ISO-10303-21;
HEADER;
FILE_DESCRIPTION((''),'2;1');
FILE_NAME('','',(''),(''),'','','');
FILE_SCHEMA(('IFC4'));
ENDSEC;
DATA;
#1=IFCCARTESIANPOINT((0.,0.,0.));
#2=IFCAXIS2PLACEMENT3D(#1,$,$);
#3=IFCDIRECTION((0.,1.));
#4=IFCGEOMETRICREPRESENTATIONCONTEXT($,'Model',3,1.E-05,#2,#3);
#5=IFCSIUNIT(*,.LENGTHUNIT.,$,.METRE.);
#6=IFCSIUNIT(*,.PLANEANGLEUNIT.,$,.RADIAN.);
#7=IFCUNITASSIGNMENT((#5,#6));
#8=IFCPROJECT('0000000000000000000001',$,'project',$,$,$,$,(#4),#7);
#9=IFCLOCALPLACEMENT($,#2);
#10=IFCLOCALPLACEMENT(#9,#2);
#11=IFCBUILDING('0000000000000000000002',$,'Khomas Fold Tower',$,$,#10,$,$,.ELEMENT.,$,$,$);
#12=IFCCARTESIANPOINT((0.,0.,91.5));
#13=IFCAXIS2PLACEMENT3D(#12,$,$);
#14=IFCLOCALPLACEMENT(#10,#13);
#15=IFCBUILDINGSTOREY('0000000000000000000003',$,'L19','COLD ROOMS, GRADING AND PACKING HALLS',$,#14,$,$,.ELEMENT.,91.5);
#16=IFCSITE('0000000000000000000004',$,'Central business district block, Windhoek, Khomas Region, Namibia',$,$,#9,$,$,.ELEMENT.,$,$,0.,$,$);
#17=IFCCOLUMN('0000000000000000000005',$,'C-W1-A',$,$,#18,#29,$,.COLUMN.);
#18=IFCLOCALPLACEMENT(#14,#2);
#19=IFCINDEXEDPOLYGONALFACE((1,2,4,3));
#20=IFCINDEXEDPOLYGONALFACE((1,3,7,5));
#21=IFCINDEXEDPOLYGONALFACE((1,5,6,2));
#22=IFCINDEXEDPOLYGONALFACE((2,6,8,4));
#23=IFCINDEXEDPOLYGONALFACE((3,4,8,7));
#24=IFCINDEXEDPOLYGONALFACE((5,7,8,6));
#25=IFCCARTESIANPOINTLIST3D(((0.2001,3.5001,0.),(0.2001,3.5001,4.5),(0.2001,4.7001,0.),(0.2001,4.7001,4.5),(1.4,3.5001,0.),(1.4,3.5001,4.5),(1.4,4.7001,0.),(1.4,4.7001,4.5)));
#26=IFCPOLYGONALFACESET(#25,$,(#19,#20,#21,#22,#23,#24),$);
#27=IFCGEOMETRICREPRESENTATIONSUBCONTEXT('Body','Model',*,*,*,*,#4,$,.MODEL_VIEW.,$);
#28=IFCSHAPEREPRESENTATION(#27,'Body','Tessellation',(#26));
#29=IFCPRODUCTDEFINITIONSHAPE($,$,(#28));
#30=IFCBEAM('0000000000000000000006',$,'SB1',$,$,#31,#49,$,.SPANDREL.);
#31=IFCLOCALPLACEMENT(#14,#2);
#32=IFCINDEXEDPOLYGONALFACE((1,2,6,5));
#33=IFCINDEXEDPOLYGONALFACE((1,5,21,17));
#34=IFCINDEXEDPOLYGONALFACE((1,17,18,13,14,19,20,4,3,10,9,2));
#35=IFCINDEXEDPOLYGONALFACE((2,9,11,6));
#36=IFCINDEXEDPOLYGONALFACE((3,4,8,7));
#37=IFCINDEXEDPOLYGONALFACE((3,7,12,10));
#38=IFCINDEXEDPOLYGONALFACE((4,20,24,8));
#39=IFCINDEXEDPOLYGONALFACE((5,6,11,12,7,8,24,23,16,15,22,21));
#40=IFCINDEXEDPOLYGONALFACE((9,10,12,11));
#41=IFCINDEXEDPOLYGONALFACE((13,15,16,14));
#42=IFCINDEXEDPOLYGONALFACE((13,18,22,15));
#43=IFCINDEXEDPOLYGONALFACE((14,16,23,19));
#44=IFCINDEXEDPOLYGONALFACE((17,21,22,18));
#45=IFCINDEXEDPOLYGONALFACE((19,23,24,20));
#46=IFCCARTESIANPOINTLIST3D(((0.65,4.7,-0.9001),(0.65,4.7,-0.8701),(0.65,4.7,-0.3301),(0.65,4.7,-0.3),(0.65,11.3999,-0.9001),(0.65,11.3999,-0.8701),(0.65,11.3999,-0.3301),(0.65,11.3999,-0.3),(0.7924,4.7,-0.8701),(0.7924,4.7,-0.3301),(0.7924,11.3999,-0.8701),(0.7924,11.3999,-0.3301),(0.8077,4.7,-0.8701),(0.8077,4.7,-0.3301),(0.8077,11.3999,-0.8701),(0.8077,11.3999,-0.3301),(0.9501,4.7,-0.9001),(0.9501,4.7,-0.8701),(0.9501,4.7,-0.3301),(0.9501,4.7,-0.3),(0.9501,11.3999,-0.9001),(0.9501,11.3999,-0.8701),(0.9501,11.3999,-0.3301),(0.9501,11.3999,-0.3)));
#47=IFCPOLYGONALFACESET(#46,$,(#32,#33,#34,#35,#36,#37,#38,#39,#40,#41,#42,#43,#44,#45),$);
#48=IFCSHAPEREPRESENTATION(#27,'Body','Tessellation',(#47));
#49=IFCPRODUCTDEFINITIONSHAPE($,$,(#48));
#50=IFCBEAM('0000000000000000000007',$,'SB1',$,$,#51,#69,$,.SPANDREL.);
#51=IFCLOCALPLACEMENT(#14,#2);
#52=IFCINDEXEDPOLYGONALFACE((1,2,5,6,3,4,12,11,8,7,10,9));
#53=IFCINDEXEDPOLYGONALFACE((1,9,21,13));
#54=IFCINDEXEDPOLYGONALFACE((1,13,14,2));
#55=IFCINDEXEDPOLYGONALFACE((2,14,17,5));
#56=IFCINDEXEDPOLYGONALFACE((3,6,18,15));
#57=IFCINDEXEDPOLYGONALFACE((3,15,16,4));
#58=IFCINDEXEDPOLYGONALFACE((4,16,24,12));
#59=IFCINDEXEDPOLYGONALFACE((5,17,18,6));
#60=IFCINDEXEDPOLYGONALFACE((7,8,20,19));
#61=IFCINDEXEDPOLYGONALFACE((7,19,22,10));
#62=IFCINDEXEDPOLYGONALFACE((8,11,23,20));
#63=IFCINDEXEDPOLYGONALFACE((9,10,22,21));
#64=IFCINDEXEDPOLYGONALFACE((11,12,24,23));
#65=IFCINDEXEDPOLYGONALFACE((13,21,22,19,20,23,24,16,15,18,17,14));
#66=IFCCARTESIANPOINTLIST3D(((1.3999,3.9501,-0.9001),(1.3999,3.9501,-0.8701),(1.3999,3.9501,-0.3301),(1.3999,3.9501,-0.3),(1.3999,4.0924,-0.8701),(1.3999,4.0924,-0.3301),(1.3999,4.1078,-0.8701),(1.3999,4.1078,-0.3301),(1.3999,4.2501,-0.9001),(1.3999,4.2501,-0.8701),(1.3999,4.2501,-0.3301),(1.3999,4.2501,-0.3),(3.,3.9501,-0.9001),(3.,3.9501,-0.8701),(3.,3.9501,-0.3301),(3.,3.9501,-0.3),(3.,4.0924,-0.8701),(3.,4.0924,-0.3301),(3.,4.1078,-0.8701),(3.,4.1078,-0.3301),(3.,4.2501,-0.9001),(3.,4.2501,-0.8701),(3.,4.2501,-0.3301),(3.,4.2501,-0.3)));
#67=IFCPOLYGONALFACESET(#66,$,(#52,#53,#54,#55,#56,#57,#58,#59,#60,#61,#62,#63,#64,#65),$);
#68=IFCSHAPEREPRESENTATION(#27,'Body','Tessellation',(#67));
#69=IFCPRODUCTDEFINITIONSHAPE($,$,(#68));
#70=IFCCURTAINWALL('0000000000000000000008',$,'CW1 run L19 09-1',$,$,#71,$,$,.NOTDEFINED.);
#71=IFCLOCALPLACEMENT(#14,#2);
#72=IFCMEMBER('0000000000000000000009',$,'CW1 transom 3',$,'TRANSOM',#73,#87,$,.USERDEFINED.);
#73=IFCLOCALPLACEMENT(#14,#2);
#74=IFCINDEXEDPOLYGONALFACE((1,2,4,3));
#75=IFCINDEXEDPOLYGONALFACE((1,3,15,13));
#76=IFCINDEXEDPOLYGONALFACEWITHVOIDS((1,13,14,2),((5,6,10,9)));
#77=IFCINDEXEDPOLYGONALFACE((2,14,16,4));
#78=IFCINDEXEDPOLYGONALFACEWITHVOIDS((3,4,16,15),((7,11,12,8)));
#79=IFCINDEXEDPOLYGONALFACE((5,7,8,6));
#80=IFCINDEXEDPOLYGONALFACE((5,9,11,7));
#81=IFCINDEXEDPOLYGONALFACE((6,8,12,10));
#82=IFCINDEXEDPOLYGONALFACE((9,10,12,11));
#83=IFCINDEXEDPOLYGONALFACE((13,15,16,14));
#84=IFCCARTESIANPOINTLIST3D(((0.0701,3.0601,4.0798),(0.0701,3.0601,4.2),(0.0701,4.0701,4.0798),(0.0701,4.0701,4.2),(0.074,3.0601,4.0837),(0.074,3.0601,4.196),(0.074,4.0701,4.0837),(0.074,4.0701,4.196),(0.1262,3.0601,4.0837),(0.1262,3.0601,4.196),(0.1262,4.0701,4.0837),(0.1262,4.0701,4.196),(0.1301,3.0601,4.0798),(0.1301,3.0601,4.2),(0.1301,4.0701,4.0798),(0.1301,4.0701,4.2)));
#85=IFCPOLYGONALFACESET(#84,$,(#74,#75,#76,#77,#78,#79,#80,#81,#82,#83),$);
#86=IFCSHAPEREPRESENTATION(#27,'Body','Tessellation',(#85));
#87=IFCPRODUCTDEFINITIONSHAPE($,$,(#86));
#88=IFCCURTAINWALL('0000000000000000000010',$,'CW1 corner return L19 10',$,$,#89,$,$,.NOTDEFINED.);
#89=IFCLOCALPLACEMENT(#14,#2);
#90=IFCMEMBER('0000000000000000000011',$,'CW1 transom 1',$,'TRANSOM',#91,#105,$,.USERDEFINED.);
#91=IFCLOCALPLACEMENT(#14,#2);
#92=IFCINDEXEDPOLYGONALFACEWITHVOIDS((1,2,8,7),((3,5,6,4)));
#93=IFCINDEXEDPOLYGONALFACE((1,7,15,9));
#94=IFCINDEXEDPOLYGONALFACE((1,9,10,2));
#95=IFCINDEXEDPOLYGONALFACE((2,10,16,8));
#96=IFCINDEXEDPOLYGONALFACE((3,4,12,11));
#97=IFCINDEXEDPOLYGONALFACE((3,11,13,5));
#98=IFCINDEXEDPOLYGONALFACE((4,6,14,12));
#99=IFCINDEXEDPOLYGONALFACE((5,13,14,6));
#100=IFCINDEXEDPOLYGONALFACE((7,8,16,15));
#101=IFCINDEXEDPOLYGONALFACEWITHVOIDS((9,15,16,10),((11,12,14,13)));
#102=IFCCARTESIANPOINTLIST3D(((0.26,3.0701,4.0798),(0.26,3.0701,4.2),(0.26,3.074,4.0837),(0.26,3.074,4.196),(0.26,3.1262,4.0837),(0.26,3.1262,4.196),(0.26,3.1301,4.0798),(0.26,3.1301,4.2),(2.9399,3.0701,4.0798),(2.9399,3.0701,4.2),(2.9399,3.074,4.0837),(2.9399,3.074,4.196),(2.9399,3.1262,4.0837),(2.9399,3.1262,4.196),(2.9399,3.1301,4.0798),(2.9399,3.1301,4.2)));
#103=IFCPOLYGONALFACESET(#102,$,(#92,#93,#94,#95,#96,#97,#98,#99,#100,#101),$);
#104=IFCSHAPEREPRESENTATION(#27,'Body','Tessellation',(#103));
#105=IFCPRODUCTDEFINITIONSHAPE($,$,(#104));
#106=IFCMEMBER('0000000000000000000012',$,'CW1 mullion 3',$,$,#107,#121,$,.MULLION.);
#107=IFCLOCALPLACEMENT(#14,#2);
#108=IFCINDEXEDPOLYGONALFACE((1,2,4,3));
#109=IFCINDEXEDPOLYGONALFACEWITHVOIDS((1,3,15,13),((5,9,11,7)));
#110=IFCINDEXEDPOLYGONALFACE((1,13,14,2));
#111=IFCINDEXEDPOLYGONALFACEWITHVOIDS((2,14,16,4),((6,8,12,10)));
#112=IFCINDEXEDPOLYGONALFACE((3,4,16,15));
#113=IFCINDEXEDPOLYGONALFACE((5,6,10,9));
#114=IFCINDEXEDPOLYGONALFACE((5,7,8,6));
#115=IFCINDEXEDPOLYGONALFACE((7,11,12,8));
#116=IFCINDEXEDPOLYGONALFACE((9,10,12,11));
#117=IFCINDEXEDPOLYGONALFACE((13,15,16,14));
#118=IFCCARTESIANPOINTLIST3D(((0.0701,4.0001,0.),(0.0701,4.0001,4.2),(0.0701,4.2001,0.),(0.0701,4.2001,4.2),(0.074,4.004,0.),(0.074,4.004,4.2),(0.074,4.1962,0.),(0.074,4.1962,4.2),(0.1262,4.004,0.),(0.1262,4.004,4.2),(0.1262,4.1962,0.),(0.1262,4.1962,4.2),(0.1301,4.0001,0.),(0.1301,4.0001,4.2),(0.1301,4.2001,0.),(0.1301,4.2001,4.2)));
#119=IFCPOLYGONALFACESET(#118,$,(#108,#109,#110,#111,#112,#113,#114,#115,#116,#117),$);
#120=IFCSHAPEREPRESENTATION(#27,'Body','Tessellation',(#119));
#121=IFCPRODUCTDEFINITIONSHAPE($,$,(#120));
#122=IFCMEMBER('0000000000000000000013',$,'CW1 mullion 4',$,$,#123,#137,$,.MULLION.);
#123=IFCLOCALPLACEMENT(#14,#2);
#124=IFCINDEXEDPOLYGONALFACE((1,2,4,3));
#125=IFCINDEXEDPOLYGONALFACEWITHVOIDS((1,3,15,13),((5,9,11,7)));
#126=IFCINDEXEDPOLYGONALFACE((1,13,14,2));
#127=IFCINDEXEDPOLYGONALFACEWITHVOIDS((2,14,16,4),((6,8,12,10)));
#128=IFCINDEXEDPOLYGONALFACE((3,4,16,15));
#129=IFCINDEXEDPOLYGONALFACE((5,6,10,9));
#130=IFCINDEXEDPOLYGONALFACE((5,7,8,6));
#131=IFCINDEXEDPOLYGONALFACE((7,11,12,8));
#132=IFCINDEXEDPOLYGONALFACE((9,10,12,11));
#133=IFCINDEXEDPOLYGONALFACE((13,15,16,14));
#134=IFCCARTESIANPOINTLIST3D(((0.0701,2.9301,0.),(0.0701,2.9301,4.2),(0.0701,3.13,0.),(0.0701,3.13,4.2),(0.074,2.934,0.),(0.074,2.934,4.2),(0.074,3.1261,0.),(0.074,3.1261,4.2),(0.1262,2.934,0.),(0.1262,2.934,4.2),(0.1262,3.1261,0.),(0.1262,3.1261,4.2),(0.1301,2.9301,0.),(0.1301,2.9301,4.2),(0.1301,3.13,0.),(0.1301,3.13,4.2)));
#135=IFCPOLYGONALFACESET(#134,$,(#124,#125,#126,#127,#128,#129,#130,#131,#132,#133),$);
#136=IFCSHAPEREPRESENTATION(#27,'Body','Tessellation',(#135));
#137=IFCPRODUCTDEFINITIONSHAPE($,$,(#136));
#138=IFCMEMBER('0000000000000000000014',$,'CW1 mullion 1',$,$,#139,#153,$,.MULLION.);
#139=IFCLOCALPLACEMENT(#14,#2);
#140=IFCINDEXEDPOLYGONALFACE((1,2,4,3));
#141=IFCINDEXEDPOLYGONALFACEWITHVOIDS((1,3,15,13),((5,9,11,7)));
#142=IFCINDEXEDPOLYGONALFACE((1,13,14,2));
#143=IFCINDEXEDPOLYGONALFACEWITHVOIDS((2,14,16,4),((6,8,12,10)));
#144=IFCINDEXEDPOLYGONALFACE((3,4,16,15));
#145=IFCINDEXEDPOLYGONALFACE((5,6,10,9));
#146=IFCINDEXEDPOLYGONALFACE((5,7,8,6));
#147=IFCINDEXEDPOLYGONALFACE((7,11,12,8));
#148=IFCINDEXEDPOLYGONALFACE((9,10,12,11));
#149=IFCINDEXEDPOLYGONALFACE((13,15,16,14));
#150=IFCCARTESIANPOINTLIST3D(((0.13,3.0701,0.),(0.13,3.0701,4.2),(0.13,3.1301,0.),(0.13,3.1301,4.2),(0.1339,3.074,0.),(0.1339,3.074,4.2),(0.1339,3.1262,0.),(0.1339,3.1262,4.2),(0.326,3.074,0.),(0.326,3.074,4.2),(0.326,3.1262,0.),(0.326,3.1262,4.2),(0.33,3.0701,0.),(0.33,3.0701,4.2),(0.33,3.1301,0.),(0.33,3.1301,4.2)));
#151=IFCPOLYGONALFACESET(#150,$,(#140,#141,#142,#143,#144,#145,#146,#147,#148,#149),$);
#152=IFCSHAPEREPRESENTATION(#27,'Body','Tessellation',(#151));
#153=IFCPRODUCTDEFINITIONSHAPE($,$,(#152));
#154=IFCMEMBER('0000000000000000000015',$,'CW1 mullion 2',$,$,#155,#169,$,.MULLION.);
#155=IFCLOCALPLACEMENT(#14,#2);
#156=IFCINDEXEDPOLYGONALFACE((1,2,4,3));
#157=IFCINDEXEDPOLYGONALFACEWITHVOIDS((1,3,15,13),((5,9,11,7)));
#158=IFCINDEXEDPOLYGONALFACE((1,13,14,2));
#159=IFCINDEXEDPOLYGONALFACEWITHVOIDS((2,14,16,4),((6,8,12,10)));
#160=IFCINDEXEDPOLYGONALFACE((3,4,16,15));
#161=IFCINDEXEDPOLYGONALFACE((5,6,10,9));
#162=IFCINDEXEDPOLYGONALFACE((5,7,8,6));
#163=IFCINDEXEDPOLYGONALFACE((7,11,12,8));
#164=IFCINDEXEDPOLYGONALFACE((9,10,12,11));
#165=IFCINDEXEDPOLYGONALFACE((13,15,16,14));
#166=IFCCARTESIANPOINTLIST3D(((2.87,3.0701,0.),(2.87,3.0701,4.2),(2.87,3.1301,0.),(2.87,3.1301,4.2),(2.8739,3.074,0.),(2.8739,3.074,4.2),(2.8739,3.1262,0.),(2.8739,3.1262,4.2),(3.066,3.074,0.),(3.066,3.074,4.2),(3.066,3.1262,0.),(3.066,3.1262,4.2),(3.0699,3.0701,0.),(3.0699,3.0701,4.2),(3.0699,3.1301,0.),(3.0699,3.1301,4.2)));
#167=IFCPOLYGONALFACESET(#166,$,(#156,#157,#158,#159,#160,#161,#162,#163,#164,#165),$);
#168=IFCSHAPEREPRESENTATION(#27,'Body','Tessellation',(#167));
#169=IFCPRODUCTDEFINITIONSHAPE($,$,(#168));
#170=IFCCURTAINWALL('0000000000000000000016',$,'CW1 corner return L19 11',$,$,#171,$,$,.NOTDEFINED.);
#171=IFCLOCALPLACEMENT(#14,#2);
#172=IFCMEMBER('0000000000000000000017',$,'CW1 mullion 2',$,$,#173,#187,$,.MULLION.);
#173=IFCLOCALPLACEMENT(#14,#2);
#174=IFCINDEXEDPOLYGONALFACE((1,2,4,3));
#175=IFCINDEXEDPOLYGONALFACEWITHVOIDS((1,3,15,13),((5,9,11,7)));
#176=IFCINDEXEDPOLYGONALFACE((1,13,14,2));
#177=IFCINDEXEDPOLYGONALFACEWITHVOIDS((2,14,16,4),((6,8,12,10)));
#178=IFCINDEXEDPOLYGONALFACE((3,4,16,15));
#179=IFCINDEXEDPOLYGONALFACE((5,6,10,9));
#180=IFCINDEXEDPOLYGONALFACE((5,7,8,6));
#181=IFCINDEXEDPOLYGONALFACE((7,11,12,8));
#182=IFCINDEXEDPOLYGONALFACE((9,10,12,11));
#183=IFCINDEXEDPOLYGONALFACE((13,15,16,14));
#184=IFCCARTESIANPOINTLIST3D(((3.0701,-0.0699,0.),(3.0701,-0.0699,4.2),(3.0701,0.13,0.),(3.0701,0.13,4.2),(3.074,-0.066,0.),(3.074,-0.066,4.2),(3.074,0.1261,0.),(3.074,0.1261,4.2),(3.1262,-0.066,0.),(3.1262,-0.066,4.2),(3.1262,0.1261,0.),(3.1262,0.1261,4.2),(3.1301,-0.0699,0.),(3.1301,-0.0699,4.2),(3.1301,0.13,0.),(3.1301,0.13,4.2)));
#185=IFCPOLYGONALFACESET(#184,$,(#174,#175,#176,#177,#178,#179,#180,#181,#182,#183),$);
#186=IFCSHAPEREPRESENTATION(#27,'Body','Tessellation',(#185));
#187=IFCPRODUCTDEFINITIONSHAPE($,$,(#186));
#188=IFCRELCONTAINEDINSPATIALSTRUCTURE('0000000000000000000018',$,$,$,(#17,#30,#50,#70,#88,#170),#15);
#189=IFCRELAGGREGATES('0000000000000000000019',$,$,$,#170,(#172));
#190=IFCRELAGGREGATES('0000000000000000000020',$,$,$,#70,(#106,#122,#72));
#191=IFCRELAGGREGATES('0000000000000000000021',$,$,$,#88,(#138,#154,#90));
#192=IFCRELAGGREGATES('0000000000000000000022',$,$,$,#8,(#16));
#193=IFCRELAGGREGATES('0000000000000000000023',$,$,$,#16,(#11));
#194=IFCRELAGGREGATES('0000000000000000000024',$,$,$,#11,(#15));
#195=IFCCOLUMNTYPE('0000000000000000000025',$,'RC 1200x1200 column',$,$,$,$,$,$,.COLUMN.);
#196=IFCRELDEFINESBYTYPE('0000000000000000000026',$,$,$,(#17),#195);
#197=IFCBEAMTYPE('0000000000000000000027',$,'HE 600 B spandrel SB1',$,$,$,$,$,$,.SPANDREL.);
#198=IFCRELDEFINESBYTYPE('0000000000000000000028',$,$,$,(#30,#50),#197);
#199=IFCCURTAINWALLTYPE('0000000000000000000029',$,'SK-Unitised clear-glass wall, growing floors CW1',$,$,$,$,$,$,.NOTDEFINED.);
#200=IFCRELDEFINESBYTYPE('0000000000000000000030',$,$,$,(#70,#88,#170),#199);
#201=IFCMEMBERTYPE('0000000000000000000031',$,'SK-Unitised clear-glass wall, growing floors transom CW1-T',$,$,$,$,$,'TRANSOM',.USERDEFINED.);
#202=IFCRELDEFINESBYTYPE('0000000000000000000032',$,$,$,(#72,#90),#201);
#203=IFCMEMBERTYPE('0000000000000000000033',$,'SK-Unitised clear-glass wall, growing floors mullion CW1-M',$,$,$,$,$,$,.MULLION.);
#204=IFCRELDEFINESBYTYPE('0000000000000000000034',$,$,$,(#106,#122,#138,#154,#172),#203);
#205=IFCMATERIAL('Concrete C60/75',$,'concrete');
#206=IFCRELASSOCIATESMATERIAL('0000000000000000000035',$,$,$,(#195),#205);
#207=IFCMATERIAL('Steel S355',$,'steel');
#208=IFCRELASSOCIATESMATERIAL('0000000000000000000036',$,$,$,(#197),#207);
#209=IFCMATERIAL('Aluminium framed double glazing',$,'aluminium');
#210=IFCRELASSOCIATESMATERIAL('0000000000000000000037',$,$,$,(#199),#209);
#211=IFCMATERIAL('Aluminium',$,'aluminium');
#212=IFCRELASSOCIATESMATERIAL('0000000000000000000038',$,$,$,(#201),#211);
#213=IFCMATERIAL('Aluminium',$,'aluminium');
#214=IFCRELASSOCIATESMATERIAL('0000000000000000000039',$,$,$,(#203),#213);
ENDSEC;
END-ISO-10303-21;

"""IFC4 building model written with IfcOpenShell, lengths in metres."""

from ifc_helpers import new_model, si_unit, direction, frame, origin, origin_2d, place, context, subcontext, project, spatial, rectangle, hollow_rectangle, i_section, extrude, source, transform, mapped, material, material_profile, profile_set, type_object, element, aggregate, save


model = new_model("IFC4")

# Units and contexts
model_context = context("Model", 3, precision=1e-05, world=origin(), true_north=direction((0.0, 1.0)))
body_context = subcontext(model_context, "Body", "Model", "MODEL_VIEW")
ifc_project = project(units=[si_unit("LENGTHUNIT", "METRE"), si_unit("PLANEANGLEUNIT", "RADIAN")], contexts=[model_context])

# Site, building, storey
site_placement = place(None, origin())
site = spatial("IfcSite", under=ifc_project, at=site_placement, Name="Central business district block, Windhoek, Khomas Region, Namibia", CompositionType="ELEMENT", RefElevation=0.0)
building_placement = place(site_placement, origin())
building = spatial("IfcBuilding", under=site, at=building_placement, Name="Khomas Fold Tower", CompositionType="ELEMENT")
storey_placement = place(building_placement, frame((0.0, 0.0, 91.5)))
storey = spatial("IfcBuildingStorey", under=building, at=storey_placement, Name="L19", Description="COLD ROOMS, GRADING AND PACKING HALLS", CompositionType="ELEMENT", Elevation=91.5)

# Column
ifc_material_1 = material(Name="Concrete C60/75", Category="concrete")
ifc_material_profile_1 = material_profile(ifc_material_1, rectangle(XDim=1.2, YDim=1.2, at=origin_2d()), Name="RC 1200x1200")
ifc_profile_set_1 = profile_set([ifc_material_profile_1], Name="Concrete C60/75")
column_type = type_object("IfcColumnType", Name="RC 1200x1200 column", PredefinedType="COLUMN", material=ifc_profile_set_1)
shared_shape_1 = source(origin(), body_context, "Body", "SweptSolid", [
    extrude(rectangle(XDim=1.2, YDim=1.2, at=origin_2d()), origin(), (0.0, 0.0, 1.0), 4.5),
])
column_placement = place(storey_placement, frame((0.8, 4.1001, 0.0), z_axis=(0.0, 0.0, 1.0), x_axis=(1.0, 0.0, 0.0)))
element("IfcColumn", 1, at=column_placement, inside=storey, type_object=column_type, Name="C-W1-A", PredefinedType="COLUMN", context=body_context, shape_type="MappedRepresentation", body=[
    mapped(shared_shape_1, transform((0.0, 0.0, 0.0))),
])

# Beams
ifc_material_2 = material(Name="Steel S355", Category="steel")
ifc_material_profile_2 = material_profile(ifc_material_2, i_section(OverallWidth=0.3, OverallDepth=0.6001, WebThickness=0.0154, FlangeThickness=0.03, at=origin_2d()), Name="HE 600 B")
ifc_profile_set_2 = profile_set([ifc_material_profile_2], Name="Steel S355")
beam_type = type_object("IfcBeamType", Name="HE 600 B spandrel SB1", PredefinedType="SPANDREL", material=ifc_profile_set_2)
shared_shape_2 = source(origin(), body_context, "Body", "SweptSolid", [
    extrude(i_section(OverallWidth=0.3, OverallDepth=0.6001, WebThickness=0.0154, FlangeThickness=0.03, at=origin_2d()), origin(), (0.0, 0.0, 1.0), 6.7),
])
beam_1_placement = place(storey_placement, frame((0.8, 4.7, -0.6001), z_axis=(0.0, 1.0, 0.0), x_axis=(-1.0, 0.0, 0.0)))
element("IfcBeam", 2, at=beam_1_placement, inside=storey, type_object=beam_type, Name="SB1", PredefinedType="SPANDREL", context=body_context, shape_type="MappedRepresentation", body=[
    mapped(shared_shape_2, transform((0.0, 0.0, 0.0))),
])
shared_shape_3 = source(origin(), body_context, "Body", "SweptSolid", [
    extrude(i_section(OverallWidth=0.3, OverallDepth=0.6001, WebThickness=0.0154, FlangeThickness=0.03, at=origin_2d()), origin(), (0.0, 0.0, 1.0), 1.6001),
])
beam_2_placement = place(storey_placement, frame((1.3999, 4.1001, -0.6001), z_axis=(1.0, 0.0, 0.0), x_axis=(0.0, 1.0, 0.0)))
element("IfcBeam", 3, at=beam_2_placement, inside=storey, type_object=beam_type, Name="SB1", PredefinedType="SPANDREL", context=body_context, shape_type="MappedRepresentation", body=[
    mapped(shared_shape_3, transform((0.0, 0.0, 0.0))),
])

# Curtain walls, members
ifc_material_3 = material(Name="Aluminium framed double glazing", Category="aluminium")
curtain_wall_type = type_object("IfcCurtainWallType", Name="SK-Unitised clear-glass wall, growing floors CW1", PredefinedType="NOTDEFINED", material=ifc_material_3)
curtain_wall_1_placement = place(storey_placement, origin())
curtain_wall_1 = element("IfcCurtainWall", 4, at=curtain_wall_1_placement, inside=storey, type_object=curtain_wall_type, Name="CW1 run L19 09-1", PredefinedType="NOTDEFINED")
ifc_material_4 = material(Name="Aluminium", Category="aluminium")
ifc_material_profile_3 = material_profile(ifc_material_4, hollow_rectangle(XDim=0.0601, YDim=0.1201, WallThickness=0.0039, at=origin_2d()), Name="SK-Unitised clear-glass wall, growing floors transom CW1-T")
ifc_profile_set_3 = profile_set([ifc_material_profile_3], Name="Aluminium")
member_type_1 = type_object("IfcMemberType", Name="SK-Unitised clear-glass wall, growing floors transom CW1-T", ElementType="TRANSOM", PredefinedType="USERDEFINED", material=ifc_profile_set_3)
shared_shape_4 = source(origin(), body_context, "Body", "SweptSolid", [
    extrude(hollow_rectangle(XDim=0.0601, YDim=0.1201, WallThickness=0.0039, at=origin_2d()), origin(), (0.0, 0.0, 1.0), 1.01),
])
member_1_placement = place(storey_placement, frame((0.1001, 4.0701, 4.1399), z_axis=(0.0, -1.0, 0.0), x_axis=(1.0, 0.0, 0.0)))
member_1 = element("IfcMember", 5, at=member_1_placement, type_object=member_type_1, Name="CW1 transom 3", ObjectType="TRANSOM", PredefinedType="USERDEFINED", context=body_context, shape_type="MappedRepresentation", body=[
    mapped(shared_shape_4, transform((0.0, 0.0, 0.0))),
])
curtain_wall_2_placement = place(storey_placement, origin())
curtain_wall_2 = element("IfcCurtainWall", 6, at=curtain_wall_2_placement, inside=storey, type_object=curtain_wall_type, Name="CW1 corner return L19 10", PredefinedType="NOTDEFINED")
shared_shape_5 = source(origin(), body_context, "Body", "SweptSolid", [
    extrude(hollow_rectangle(XDim=0.0601, YDim=0.1201, WallThickness=0.0039, at=origin_2d()), origin(), (0.0, 0.0, 1.0), 2.6799),
])
member_2_placement = place(storey_placement, frame((0.26, 3.1001, 4.1399), z_axis=(1.0, 0.0, 0.0), x_axis=(0.0, 1.0, 0.0)))
member_2 = element("IfcMember", 7, at=member_2_placement, type_object=member_type_1, Name="CW1 transom 1", ObjectType="TRANSOM", PredefinedType="USERDEFINED", context=body_context, shape_type="MappedRepresentation", body=[
    mapped(shared_shape_5, transform((0.0, 0.0, 0.0))),
])

# Members
ifc_material_5 = material(Name="Aluminium", Category="aluminium")
ifc_material_profile_4 = material_profile(ifc_material_5, hollow_rectangle(XDim=0.0601, YDim=0.2, WallThickness=0.0039, at=origin_2d()), Name="SK-Unitised clear-glass wall, growing floors mullion CW1-M")
ifc_profile_set_4 = profile_set([ifc_material_profile_4], Name="Aluminium")
member_type_2 = type_object("IfcMemberType", Name="SK-Unitised clear-glass wall, growing floors mullion CW1-M", PredefinedType="MULLION", material=ifc_profile_set_4)
shared_shape_6 = source(origin(), body_context, "Body", "SweptSolid", [
    extrude(hollow_rectangle(XDim=0.0601, YDim=0.2, WallThickness=0.0039, at=origin_2d()), origin(), (0.0, 0.0, 1.0), 4.2),
])
member_3_placement = place(storey_placement, frame((0.1001, 4.1001, 0.0), z_axis=(0.0, 0.0, 1.0), x_axis=(1.0, 0.0, 0.0)))
member_3 = element("IfcMember", 8, at=member_3_placement, type_object=member_type_2, Name="CW1 mullion 3", PredefinedType="MULLION", context=body_context, shape_type="MappedRepresentation", body=[
    mapped(shared_shape_6, transform((0.0, 0.0, 0.0))),
])
member_4_placement = place(storey_placement, frame((0.1001, 3.03, 0.0), z_axis=(0.0, 0.0, 1.0), x_axis=(1.0, 0.0, 0.0)))
member_4 = element("IfcMember", 9, at=member_4_placement, type_object=member_type_2, Name="CW1 mullion 4", PredefinedType="MULLION", context=body_context, shape_type="MappedRepresentation", body=[
    mapped(shared_shape_6, transform((0.0, 0.0, 0.0))),
])
member_5_placement = place(storey_placement, frame((0.23, 3.1001, 0.0), z_axis=(0.0, 0.0, 1.0), x_axis=(0.0, 1.0, 0.0)))
member_5 = element("IfcMember", 10, at=member_5_placement, type_object=member_type_2, Name="CW1 mullion 1", PredefinedType="MULLION", context=body_context, shape_type="MappedRepresentation", body=[
    mapped(shared_shape_6, transform((0.0, 0.0, 0.0))),
])
member_6_placement = place(storey_placement, frame((2.97, 3.1001, 0.0), z_axis=(0.0, 0.0, 1.0), x_axis=(0.0, 1.0, 0.0)))
member_6 = element("IfcMember", 11, at=member_6_placement, type_object=member_type_2, Name="CW1 mullion 2", PredefinedType="MULLION", context=body_context, shape_type="MappedRepresentation", body=[
    mapped(shared_shape_6, transform((0.0, 0.0, 0.0))),
])

# Curtain wall, member
curtain_wall_3_placement = place(storey_placement, origin())
curtain_wall_3 = element("IfcCurtainWall", 12, at=curtain_wall_3_placement, inside=storey, type_object=curtain_wall_type, Name="CW1 corner return L19 11", PredefinedType="NOTDEFINED")
member_7_placement = place(storey_placement, frame((3.1001, 0.03, 0.0), z_axis=(0.0, 0.0, 1.0), x_axis=(1.0, 0.0, 0.0)))
member_7 = element("IfcMember", 13, at=member_7_placement, type_object=member_type_2, Name="CW1 mullion 2", PredefinedType="MULLION", context=body_context, shape_type="MappedRepresentation", body=[
    mapped(shared_shape_6, transform((0.0, 0.0, 0.0))),
])
aggregate(curtain_wall_3, [member_7])

aggregate(curtain_wall_1, [member_3, member_4, member_1])
aggregate(curtain_wall_2, [member_5, member_6, member_2])

save(model, "model.ifc")
